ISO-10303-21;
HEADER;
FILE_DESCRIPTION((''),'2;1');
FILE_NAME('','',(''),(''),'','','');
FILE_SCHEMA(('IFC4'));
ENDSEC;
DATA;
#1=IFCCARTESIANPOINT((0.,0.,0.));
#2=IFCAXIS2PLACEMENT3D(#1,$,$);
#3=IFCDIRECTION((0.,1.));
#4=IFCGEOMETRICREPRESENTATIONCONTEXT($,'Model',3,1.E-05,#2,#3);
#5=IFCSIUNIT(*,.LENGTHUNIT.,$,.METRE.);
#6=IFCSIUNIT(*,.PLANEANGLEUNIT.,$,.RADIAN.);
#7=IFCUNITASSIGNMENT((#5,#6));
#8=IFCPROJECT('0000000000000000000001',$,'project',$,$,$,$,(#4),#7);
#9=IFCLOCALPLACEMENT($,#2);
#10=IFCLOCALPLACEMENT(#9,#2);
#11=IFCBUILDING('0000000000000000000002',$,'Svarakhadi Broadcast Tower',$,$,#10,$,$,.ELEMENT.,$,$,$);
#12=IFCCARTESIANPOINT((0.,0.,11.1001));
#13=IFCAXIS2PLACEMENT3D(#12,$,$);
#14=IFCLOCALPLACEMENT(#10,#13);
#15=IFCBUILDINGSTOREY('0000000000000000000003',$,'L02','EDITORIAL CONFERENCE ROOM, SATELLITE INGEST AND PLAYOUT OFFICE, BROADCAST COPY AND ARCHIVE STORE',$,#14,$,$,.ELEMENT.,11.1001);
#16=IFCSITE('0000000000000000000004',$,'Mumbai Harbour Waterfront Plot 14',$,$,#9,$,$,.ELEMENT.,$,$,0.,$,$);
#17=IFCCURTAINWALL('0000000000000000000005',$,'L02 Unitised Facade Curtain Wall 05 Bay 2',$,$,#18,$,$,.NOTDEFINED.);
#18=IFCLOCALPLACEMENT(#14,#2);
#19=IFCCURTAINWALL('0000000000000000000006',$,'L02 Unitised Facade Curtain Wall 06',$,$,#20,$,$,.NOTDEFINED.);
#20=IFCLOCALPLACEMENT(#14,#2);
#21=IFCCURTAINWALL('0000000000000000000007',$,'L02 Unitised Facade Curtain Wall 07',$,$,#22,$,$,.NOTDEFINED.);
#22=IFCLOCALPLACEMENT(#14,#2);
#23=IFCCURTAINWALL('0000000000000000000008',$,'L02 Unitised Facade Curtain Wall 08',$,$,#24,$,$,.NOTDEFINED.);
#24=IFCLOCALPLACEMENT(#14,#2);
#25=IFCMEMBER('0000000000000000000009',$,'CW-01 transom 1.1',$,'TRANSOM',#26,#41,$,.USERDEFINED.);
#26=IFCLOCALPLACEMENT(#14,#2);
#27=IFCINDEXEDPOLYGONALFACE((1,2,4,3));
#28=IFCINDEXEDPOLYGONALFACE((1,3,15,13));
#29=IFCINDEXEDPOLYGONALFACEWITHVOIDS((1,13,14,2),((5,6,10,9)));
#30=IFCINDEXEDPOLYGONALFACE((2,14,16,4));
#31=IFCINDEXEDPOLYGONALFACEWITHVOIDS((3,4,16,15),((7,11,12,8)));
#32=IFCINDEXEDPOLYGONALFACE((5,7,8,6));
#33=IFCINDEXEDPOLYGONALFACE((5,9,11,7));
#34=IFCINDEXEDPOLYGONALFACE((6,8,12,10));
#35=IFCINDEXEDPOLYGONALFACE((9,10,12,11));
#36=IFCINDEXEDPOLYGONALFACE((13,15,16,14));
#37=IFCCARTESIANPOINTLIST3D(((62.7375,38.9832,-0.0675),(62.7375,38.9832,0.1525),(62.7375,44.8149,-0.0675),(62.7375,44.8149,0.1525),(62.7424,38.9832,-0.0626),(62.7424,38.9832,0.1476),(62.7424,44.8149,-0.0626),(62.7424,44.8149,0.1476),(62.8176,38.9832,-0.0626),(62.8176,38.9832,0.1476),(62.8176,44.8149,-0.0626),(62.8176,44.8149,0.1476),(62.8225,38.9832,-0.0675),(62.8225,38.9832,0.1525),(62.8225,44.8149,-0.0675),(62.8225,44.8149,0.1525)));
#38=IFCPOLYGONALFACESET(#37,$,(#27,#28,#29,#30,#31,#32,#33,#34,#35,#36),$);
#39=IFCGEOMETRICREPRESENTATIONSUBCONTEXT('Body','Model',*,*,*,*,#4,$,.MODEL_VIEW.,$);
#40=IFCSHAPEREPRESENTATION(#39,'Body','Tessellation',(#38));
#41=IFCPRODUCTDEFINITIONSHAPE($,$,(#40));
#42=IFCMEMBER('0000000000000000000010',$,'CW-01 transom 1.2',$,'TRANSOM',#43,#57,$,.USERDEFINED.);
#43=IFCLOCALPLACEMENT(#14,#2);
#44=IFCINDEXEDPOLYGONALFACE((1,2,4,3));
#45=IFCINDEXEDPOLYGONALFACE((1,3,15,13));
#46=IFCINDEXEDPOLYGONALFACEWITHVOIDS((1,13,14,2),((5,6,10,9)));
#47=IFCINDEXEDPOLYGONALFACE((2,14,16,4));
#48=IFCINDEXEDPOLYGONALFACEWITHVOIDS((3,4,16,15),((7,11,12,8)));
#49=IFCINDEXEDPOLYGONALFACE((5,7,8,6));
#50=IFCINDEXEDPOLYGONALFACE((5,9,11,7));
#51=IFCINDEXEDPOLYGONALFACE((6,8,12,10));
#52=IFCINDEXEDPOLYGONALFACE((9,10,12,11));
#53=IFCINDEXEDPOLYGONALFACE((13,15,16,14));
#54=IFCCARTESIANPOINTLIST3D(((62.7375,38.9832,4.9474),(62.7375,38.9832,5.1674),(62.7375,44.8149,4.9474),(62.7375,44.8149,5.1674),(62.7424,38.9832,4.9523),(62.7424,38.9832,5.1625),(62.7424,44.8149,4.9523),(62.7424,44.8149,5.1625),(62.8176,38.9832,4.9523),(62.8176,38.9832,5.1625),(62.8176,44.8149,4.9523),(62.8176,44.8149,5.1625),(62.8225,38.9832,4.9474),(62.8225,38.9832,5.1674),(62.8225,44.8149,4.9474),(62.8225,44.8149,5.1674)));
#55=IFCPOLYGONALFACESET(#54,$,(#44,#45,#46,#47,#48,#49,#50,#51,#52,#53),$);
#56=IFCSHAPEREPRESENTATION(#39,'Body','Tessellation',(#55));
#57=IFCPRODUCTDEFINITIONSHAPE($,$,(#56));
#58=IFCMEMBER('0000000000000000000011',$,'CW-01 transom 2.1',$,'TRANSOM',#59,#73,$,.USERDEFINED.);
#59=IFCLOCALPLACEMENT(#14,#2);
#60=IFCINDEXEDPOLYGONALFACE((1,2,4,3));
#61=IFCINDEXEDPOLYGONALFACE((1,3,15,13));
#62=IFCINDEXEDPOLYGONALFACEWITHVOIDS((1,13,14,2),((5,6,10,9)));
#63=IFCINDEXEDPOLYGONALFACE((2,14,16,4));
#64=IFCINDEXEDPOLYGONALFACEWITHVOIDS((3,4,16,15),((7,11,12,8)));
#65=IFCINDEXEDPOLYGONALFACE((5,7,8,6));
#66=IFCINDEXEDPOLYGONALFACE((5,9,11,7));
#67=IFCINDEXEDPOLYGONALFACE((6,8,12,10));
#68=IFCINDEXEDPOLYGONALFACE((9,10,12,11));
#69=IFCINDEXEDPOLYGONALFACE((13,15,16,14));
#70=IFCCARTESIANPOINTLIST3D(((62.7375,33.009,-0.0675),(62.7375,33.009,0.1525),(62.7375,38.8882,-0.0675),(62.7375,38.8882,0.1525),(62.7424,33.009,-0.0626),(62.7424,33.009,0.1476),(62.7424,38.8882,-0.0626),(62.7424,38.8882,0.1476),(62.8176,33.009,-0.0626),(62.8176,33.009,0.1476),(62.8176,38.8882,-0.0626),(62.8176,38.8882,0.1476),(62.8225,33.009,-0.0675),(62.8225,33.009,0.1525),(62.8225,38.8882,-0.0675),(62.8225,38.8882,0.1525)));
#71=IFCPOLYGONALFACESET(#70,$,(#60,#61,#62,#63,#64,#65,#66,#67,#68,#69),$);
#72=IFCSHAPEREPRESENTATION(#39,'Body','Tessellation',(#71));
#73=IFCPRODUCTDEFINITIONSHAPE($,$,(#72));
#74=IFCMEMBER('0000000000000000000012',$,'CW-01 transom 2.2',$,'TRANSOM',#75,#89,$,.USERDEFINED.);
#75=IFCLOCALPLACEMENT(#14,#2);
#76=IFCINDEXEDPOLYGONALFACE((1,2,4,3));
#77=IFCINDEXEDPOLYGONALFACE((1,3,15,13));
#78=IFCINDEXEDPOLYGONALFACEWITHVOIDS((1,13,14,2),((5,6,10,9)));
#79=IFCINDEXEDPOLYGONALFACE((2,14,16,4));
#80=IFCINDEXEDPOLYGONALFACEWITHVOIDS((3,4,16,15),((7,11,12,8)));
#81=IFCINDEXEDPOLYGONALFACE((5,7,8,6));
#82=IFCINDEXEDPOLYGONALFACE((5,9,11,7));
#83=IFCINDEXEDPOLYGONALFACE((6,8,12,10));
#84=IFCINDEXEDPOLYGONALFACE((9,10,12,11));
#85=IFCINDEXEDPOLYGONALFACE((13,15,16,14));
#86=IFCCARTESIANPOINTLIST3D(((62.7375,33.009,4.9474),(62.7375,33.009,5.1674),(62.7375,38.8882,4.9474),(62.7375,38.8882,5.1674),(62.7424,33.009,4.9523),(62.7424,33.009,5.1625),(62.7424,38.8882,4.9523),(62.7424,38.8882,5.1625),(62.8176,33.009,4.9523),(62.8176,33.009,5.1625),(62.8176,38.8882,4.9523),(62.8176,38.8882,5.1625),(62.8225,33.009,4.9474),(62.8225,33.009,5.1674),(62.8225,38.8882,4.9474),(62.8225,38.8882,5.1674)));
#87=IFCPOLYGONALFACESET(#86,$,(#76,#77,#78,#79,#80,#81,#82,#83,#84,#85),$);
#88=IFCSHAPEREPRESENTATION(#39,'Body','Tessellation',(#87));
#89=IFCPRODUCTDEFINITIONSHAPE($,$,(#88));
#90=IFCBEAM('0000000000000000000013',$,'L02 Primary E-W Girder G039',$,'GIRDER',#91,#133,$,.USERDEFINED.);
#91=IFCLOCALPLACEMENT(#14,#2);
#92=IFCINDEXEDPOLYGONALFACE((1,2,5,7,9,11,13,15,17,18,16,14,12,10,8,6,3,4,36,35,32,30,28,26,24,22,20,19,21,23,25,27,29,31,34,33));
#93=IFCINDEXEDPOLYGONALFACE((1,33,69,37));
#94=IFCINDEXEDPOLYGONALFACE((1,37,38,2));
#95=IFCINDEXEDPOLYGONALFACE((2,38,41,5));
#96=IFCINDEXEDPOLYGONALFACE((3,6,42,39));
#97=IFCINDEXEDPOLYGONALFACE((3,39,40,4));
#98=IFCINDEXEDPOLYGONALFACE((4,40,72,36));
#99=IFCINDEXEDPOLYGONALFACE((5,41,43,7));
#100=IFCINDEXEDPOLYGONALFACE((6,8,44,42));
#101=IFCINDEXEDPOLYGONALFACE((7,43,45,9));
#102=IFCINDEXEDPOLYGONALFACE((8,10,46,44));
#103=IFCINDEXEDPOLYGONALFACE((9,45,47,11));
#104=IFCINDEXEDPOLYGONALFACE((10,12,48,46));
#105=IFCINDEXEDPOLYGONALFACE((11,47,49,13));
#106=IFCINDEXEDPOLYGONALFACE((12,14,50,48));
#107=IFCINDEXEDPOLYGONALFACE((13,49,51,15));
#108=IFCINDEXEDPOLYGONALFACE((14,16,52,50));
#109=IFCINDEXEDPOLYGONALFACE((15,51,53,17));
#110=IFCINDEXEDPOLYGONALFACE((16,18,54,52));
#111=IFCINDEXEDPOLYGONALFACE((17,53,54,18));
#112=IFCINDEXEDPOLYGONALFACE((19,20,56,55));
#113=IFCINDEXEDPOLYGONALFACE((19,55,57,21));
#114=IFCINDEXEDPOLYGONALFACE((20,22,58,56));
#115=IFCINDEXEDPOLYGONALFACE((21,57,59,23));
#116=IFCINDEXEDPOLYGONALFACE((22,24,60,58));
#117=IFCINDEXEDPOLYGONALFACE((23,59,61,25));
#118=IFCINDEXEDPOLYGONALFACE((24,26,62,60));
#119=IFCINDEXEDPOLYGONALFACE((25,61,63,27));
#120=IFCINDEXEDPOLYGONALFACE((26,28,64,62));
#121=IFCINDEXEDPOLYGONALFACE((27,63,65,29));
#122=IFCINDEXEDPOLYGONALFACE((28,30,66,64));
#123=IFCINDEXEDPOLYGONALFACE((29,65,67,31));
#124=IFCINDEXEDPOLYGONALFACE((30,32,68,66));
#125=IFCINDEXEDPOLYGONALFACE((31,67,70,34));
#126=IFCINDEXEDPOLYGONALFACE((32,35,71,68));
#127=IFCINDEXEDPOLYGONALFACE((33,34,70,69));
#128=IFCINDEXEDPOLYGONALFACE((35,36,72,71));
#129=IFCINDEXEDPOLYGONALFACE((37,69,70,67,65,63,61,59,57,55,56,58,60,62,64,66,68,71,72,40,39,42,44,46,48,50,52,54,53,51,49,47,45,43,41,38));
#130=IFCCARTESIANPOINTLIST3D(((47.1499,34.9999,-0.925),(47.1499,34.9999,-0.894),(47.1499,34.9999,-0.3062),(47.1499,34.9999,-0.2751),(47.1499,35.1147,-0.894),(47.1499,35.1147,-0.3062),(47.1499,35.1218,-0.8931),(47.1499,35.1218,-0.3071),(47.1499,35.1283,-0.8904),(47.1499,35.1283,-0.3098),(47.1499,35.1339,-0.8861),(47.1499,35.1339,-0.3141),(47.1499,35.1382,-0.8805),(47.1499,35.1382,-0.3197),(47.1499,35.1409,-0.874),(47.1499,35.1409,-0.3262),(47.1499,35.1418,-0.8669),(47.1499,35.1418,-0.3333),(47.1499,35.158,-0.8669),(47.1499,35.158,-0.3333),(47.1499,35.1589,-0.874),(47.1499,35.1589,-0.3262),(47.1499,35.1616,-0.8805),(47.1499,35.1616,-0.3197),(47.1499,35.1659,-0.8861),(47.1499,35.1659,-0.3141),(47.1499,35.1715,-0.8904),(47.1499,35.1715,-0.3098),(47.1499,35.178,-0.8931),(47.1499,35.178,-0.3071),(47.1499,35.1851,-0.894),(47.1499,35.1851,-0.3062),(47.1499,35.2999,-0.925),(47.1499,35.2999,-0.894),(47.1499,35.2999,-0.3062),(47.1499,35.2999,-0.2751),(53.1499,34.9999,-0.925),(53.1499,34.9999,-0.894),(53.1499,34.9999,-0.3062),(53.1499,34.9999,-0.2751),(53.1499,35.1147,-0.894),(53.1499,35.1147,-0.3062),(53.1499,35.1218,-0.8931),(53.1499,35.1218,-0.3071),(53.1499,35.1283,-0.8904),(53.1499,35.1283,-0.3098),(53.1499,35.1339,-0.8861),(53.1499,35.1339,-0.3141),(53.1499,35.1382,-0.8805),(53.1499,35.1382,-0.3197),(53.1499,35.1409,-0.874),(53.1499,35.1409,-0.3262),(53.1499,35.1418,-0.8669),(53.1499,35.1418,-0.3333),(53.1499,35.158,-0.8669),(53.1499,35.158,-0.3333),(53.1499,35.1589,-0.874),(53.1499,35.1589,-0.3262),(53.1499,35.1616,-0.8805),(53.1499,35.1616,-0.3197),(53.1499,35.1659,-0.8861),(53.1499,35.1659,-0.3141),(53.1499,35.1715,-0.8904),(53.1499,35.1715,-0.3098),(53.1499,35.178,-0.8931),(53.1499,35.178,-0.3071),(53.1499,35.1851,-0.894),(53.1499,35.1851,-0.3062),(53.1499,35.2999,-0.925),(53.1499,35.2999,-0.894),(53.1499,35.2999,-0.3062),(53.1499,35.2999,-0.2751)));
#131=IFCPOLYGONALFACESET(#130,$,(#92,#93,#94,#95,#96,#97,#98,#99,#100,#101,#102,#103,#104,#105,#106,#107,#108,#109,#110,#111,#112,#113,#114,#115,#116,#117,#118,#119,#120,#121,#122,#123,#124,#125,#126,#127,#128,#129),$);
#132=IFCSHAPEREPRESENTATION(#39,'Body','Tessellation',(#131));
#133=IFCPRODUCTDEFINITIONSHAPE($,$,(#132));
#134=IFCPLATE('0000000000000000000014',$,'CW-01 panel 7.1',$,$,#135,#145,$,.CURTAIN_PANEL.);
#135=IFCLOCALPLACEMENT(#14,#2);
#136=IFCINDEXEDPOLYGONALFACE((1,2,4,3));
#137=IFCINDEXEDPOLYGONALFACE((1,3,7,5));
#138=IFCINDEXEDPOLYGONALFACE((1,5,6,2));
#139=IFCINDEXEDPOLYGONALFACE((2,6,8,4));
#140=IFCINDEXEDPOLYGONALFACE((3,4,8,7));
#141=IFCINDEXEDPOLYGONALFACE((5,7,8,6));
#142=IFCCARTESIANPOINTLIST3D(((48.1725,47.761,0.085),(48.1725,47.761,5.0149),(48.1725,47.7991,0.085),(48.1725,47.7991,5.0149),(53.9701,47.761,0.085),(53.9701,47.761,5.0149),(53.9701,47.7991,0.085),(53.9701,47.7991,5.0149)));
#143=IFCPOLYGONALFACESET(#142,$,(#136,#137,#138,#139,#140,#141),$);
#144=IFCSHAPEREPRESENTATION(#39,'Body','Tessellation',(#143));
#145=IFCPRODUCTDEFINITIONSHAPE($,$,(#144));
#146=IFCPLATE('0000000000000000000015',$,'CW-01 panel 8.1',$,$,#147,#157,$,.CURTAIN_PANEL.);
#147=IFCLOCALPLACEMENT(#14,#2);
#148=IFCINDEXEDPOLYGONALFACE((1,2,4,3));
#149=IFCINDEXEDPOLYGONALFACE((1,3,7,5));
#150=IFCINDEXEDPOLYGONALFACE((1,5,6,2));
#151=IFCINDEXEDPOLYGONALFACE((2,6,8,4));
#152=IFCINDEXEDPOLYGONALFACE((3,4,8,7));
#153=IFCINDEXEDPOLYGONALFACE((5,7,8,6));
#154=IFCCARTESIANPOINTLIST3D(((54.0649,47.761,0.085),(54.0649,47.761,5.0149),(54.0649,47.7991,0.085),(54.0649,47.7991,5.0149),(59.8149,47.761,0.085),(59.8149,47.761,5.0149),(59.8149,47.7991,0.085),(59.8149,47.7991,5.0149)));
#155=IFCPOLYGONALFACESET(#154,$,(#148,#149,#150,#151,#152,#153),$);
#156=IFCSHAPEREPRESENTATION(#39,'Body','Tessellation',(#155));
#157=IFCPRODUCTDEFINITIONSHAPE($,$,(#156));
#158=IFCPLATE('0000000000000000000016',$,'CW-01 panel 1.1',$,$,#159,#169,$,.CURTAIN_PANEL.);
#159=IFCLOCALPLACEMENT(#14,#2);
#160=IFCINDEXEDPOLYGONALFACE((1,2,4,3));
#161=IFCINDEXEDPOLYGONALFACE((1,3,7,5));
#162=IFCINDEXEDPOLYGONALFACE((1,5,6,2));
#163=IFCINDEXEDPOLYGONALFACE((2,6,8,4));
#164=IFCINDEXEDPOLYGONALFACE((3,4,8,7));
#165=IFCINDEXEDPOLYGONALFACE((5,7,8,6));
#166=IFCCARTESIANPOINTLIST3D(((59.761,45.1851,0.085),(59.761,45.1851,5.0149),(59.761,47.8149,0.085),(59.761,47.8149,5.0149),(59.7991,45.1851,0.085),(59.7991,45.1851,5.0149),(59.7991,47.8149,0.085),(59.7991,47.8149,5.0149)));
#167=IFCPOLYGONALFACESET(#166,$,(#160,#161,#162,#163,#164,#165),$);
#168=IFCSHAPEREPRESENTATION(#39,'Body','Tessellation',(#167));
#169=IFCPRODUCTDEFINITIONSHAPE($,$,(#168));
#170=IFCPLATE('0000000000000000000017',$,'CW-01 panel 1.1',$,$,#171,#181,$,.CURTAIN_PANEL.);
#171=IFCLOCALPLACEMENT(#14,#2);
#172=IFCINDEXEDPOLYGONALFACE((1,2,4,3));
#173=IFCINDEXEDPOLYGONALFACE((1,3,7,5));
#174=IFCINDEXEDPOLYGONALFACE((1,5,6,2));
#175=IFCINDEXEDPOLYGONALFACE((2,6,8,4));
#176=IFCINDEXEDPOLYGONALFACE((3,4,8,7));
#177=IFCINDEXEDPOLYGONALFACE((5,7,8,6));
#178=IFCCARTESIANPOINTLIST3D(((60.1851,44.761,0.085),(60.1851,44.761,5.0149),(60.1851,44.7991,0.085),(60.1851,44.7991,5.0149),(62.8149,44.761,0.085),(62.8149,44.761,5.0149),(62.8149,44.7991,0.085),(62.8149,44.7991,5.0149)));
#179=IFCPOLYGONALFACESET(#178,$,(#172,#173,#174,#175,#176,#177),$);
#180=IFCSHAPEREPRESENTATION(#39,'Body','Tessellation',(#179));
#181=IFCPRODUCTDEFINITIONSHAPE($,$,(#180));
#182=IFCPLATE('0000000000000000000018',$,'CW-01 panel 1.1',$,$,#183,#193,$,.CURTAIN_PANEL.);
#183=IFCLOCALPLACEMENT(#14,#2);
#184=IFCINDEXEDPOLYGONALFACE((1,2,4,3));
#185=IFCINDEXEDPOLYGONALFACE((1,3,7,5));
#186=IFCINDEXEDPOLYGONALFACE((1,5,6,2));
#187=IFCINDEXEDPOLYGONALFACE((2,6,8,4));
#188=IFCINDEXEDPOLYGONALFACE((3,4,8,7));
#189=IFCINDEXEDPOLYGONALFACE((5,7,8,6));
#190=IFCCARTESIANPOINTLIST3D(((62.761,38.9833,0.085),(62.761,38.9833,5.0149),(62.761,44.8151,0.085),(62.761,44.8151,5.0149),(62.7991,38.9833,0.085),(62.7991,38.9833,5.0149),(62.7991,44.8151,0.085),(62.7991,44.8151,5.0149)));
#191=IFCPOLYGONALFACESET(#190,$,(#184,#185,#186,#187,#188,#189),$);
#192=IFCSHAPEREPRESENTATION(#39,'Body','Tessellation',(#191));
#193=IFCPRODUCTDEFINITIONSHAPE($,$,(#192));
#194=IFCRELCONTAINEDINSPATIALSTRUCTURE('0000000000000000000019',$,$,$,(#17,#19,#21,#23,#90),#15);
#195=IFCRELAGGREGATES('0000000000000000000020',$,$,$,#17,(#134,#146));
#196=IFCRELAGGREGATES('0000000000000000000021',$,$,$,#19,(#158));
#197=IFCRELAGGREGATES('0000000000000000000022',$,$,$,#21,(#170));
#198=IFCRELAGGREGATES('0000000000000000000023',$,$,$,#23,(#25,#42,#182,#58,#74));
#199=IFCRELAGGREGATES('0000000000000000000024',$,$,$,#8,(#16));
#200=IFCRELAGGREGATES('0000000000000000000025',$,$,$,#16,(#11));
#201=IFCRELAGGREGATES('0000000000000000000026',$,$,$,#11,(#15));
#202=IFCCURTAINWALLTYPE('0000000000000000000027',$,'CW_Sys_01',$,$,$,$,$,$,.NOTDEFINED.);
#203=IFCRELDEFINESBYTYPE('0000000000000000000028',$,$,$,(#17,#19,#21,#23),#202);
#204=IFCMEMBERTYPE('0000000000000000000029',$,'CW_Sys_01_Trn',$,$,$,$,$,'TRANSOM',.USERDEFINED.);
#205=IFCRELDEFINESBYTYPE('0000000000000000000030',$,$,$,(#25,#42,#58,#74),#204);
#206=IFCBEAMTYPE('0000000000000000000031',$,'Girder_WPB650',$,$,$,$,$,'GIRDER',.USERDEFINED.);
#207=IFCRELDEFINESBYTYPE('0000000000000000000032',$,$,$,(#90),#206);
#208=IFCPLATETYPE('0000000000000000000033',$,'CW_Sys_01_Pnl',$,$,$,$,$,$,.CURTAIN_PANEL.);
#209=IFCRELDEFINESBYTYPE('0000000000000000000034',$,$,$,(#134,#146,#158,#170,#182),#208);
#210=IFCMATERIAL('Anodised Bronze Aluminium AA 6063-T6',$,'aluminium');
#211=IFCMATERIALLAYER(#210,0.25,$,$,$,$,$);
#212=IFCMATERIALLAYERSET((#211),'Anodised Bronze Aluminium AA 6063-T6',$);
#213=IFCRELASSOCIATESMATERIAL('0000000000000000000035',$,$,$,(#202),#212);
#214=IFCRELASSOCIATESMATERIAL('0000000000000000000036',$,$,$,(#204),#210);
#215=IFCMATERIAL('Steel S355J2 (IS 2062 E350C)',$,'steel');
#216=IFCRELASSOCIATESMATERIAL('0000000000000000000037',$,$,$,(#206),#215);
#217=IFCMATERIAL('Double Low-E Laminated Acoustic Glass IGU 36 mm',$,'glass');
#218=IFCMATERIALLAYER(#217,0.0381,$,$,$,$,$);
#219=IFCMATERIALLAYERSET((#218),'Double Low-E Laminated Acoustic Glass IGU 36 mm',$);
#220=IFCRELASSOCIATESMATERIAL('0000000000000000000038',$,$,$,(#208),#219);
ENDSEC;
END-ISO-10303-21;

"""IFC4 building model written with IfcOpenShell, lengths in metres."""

from ifc_helpers import new_model, si_unit, direction, frame, origin, origin_2d, place, context, subcontext, project, spatial, rectangle, hollow_rectangle, i_section, extrude, material, layer, layer_set, material_profile, profile_set, type_object, element, aggregate, save


model = new_model("IFC4")

# Units and contexts
model_context = context("Model", 3, precision=1e-05, world=origin(), true_north=direction((0.0, 1.0)))
body_context = subcontext(model_context, "Body", "Model", "MODEL_VIEW")
ifc_project = project(units=[si_unit("LENGTHUNIT", "METRE"), si_unit("PLANEANGLEUNIT", "RADIAN")], contexts=[model_context])

# Site, building, storey
site_placement = place(None, origin())
site = spatial("IfcSite", under=ifc_project, at=site_placement, Name="Mumbai Harbour Waterfront Plot 14", CompositionType="ELEMENT", RefElevation=0.0)
building_placement = place(site_placement, origin())
building = spatial("IfcBuilding", under=site, at=building_placement, Name="Svarakhadi Broadcast Tower", CompositionType="ELEMENT")
storey_placement = place(building_placement, frame((0.0, 0.0, 11.1001)))
storey = spatial("IfcBuildingStorey", under=building, at=storey_placement, Name="L02", Description="EDITORIAL CONFERENCE ROOM, SATELLITE INGEST AND PLAYOUT OFFICE, BROADCAST COPY AND ARCHIVE STORE", CompositionType="ELEMENT", Elevation=11.1001)

# Curtain walls
ifc_material_1 = material(Name="Anodised Bronze Aluminium AA 6063-T6", Category="aluminium")
ifc_layer_1 = layer(ifc_material_1, 0.25)
ifc_layer_set_1 = layer_set([ifc_layer_1], Name="Anodised Bronze Aluminium AA 6063-T6")
curtain_wall_type = type_object("IfcCurtainWallType", Name="CW_Sys_01", PredefinedType="NOTDEFINED", material=ifc_layer_set_1)
curtain_wall_1_placement = place(storey_placement, origin())
curtain_wall_1 = element("IfcCurtainWall", 1, at=curtain_wall_1_placement, inside=storey, type_object=curtain_wall_type, Name="L02 Unitised Facade Curtain Wall 05 Bay 2", PredefinedType="NOTDEFINED")
curtain_wall_2_placement = place(storey_placement, origin())
curtain_wall_2 = element("IfcCurtainWall", 2, at=curtain_wall_2_placement, inside=storey, type_object=curtain_wall_type, Name="L02 Unitised Facade Curtain Wall 06", PredefinedType="NOTDEFINED")
curtain_wall_3_placement = place(storey_placement, origin())
curtain_wall_3 = element("IfcCurtainWall", 3, at=curtain_wall_3_placement, inside=storey, type_object=curtain_wall_type, Name="L02 Unitised Facade Curtain Wall 07", PredefinedType="NOTDEFINED")
curtain_wall_4_placement = place(storey_placement, origin())
curtain_wall_4 = element("IfcCurtainWall", 4, at=curtain_wall_4_placement, inside=storey, type_object=curtain_wall_type, Name="L02 Unitised Facade Curtain Wall 08", PredefinedType="NOTDEFINED")

# Members
ifc_material_profile_1 = material_profile(ifc_material_1, hollow_rectangle(XDim=0.085, YDim=0.22, WallThickness=0.0049, at=origin_2d()), Name="ALU TRANSOM 220x85x5")
ifc_profile_set_1 = profile_set([ifc_material_profile_1], Name="Anodised Bronze Aluminium AA 6063-T6")
member_type_1 = type_object("IfcMemberType", Name="CW_Sys_01_Trn", ElementType="TRANSOM", PredefinedType="USERDEFINED", material=ifc_profile_set_1)
member_1_placement = place(storey_placement, frame((62.78, 44.8149, 0.0425), z_axis=(0.0, -1.0, 0.0), x_axis=(1.0, 0.0, 0.0)))
member_1 = element("IfcMember", 5, at=member_1_placement, type_object=member_type_1, Name="CW-01 transom 1.1", ObjectType="TRANSOM", PredefinedType="USERDEFINED", context=body_context, shape_type="SweptSolid", body=[
    extrude(hollow_rectangle(XDim=0.085, YDim=0.22, WallThickness=0.0049, at=origin_2d()), origin(), (0.0, 0.0, 1.0), 5.8318),
])
member_2_placement = place(storey_placement, frame((62.78, 44.8149, 5.0574), z_axis=(0.0, -1.0, 0.0), x_axis=(1.0, 0.0, 0.0)))
member_2 = element("IfcMember", 6, at=member_2_placement, type_object=member_type_1, Name="CW-01 transom 1.2", ObjectType="TRANSOM", PredefinedType="USERDEFINED", context=body_context, shape_type="SweptSolid", body=[
    extrude(hollow_rectangle(XDim=0.085, YDim=0.22, WallThickness=0.0049, at=origin_2d()), origin(), (0.0, 0.0, 1.0), 5.8318),
])
member_3_placement = place(storey_placement, frame((62.78, 38.8882, 0.0425), z_axis=(0.0, -1.0, 0.0), x_axis=(1.0, 0.0, 0.0)))
member_3 = element("IfcMember", 7, at=member_3_placement, type_object=member_type_1, Name="CW-01 transom 2.1", ObjectType="TRANSOM", PredefinedType="USERDEFINED", context=body_context, shape_type="SweptSolid", body=[
    extrude(hollow_rectangle(XDim=0.085, YDim=0.22, WallThickness=0.0049, at=origin_2d()), origin(), (0.0, 0.0, 1.0), 5.8792),
])
member_4_placement = place(storey_placement, frame((62.78, 38.8882, 5.0574), z_axis=(0.0, -1.0, 0.0), x_axis=(1.0, 0.0, 0.0)))
member_4 = element("IfcMember", 8, at=member_4_placement, type_object=member_type_1, Name="CW-01 transom 2.2", ObjectType="TRANSOM", PredefinedType="USERDEFINED", context=body_context, shape_type="SweptSolid", body=[
    extrude(hollow_rectangle(XDim=0.085, YDim=0.22, WallThickness=0.0049, at=origin_2d()), origin(), (0.0, 0.0, 1.0), 5.8792),
])

# Beam
ifc_material_2 = material(Name="Steel S355J2 (IS 2062 E350C)", Category="steel")
ifc_material_profile_2 = material_profile(ifc_material_2, i_section(OverallWidth=0.3, OverallDepth=0.6499, WebThickness=0.0161, FlangeThickness=0.031, FilletRadius=0.0271, at=origin_2d()), Name="WPB 650x300x225")
ifc_profile_set_2 = profile_set([ifc_material_profile_2], Name="Steel S355J2 (IS 2062 E350C)")
beam_type = type_object("IfcBeamType", Name="Girder_WPB650", ElementType="GIRDER", PredefinedType="USERDEFINED", material=ifc_profile_set_2)
beam_placement = place(storey_placement, frame((47.1499, 35.1499, -0.6001), z_axis=(1.0, 0.0, 0.0), x_axis=(0.0, 1.0, 0.0)))
element("IfcBeam", 9, at=beam_placement, inside=storey, type_object=beam_type, Name="L02 Primary E-W Girder G039", ObjectType="GIRDER", PredefinedType="USERDEFINED", context=body_context, shape_type="SweptSolid", body=[
    extrude(i_section(OverallWidth=0.3, OverallDepth=0.6499, WebThickness=0.0161, FlangeThickness=0.031, FilletRadius=0.0271, at=origin_2d()), origin(), (0.0, 0.0, 1.0), 6.0),
])

# Plates
ifc_material_3 = material(Name="Double Low-E Laminated Acoustic Glass IGU 36 mm", Category="glass")
ifc_layer_2 = layer(ifc_material_3, 0.0381)
ifc_layer_set_2 = layer_set([ifc_layer_2], Name="Double Low-E Laminated Acoustic Glass IGU 36 mm")
plate_type = type_object("IfcPlateType", Name="CW_Sys_01_Pnl", PredefinedType="CURTAIN_PANEL", material=ifc_layer_set_2)
plate_1_placement = place(storey_placement, frame((51.0713, 47.78, 0.085), z_axis=(0.0, 0.0, 1.0), x_axis=(1.0, 0.0, 0.0)))
plate_1 = element("IfcPlate", 10, at=plate_1_placement, type_object=plate_type, Name="CW-01 panel 7.1", PredefinedType="CURTAIN_PANEL", context=body_context, shape_type="SweptSolid", body=[
    extrude(rectangle(XDim=5.7976, YDim=0.0381, at=origin_2d()), origin(), (0.0, 0.0, 1.0), 4.9299),
])
plate_2_placement = place(storey_placement, frame((56.9399, 47.78, 0.085), z_axis=(0.0, 0.0, 1.0), x_axis=(1.0, 0.0, 0.0)))
plate_2 = element("IfcPlate", 11, at=plate_2_placement, type_object=plate_type, Name="CW-01 panel 8.1", PredefinedType="CURTAIN_PANEL", context=body_context, shape_type="SweptSolid", body=[
    extrude(rectangle(XDim=5.75, YDim=0.0381, at=origin_2d()), origin(), (0.0, 0.0, 1.0), 4.9299),
])
aggregate(curtain_wall_1, [plate_1, plate_2])
plate_3_placement = place(storey_placement, frame((59.78, 46.5, 0.085), z_axis=(0.0, 0.0, 1.0), x_axis=(0.0, -1.0, 0.0)))
plate_3 = element("IfcPlate", 12, at=plate_3_placement, type_object=plate_type, Name="CW-01 panel 1.1", PredefinedType="CURTAIN_PANEL", context=body_context, shape_type="SweptSolid", body=[
    extrude(rectangle(XDim=2.6299, YDim=0.0381, at=origin_2d()), origin(), (0.0, 0.0, 1.0), 4.9299),
])
aggregate(curtain_wall_2, [plate_3])
plate_4_placement = place(storey_placement, frame((61.5, 44.78, 0.085), z_axis=(0.0, 0.0, 1.0), x_axis=(1.0, 0.0, 0.0)))
plate_4 = element("IfcPlate", 13, at=plate_4_placement, type_object=plate_type, Name="CW-01 panel 1.1", PredefinedType="CURTAIN_PANEL", context=body_context, shape_type="SweptSolid", body=[
    extrude(rectangle(XDim=2.6299, YDim=0.0381, at=origin_2d()), origin(), (0.0, 0.0, 1.0), 4.9299),
])
aggregate(curtain_wall_3, [plate_4])
plate_5_placement = place(storey_placement, frame((62.78, 41.8992, 0.085), z_axis=(0.0, 0.0, 1.0), x_axis=(0.0, -1.0, 0.0)))
plate_5 = element("IfcPlate", 14, at=plate_5_placement, type_object=plate_type, Name="CW-01 panel 1.1", PredefinedType="CURTAIN_PANEL", context=body_context, shape_type="SweptSolid", body=[
    extrude(rectangle(XDim=5.8318, YDim=0.0381, at=origin_2d()), origin(), (0.0, 0.0, 1.0), 4.9299),
])
aggregate(curtain_wall_4, [member_1, member_2, plate_5, member_3, member_4])

save(model, "model.ifc")
